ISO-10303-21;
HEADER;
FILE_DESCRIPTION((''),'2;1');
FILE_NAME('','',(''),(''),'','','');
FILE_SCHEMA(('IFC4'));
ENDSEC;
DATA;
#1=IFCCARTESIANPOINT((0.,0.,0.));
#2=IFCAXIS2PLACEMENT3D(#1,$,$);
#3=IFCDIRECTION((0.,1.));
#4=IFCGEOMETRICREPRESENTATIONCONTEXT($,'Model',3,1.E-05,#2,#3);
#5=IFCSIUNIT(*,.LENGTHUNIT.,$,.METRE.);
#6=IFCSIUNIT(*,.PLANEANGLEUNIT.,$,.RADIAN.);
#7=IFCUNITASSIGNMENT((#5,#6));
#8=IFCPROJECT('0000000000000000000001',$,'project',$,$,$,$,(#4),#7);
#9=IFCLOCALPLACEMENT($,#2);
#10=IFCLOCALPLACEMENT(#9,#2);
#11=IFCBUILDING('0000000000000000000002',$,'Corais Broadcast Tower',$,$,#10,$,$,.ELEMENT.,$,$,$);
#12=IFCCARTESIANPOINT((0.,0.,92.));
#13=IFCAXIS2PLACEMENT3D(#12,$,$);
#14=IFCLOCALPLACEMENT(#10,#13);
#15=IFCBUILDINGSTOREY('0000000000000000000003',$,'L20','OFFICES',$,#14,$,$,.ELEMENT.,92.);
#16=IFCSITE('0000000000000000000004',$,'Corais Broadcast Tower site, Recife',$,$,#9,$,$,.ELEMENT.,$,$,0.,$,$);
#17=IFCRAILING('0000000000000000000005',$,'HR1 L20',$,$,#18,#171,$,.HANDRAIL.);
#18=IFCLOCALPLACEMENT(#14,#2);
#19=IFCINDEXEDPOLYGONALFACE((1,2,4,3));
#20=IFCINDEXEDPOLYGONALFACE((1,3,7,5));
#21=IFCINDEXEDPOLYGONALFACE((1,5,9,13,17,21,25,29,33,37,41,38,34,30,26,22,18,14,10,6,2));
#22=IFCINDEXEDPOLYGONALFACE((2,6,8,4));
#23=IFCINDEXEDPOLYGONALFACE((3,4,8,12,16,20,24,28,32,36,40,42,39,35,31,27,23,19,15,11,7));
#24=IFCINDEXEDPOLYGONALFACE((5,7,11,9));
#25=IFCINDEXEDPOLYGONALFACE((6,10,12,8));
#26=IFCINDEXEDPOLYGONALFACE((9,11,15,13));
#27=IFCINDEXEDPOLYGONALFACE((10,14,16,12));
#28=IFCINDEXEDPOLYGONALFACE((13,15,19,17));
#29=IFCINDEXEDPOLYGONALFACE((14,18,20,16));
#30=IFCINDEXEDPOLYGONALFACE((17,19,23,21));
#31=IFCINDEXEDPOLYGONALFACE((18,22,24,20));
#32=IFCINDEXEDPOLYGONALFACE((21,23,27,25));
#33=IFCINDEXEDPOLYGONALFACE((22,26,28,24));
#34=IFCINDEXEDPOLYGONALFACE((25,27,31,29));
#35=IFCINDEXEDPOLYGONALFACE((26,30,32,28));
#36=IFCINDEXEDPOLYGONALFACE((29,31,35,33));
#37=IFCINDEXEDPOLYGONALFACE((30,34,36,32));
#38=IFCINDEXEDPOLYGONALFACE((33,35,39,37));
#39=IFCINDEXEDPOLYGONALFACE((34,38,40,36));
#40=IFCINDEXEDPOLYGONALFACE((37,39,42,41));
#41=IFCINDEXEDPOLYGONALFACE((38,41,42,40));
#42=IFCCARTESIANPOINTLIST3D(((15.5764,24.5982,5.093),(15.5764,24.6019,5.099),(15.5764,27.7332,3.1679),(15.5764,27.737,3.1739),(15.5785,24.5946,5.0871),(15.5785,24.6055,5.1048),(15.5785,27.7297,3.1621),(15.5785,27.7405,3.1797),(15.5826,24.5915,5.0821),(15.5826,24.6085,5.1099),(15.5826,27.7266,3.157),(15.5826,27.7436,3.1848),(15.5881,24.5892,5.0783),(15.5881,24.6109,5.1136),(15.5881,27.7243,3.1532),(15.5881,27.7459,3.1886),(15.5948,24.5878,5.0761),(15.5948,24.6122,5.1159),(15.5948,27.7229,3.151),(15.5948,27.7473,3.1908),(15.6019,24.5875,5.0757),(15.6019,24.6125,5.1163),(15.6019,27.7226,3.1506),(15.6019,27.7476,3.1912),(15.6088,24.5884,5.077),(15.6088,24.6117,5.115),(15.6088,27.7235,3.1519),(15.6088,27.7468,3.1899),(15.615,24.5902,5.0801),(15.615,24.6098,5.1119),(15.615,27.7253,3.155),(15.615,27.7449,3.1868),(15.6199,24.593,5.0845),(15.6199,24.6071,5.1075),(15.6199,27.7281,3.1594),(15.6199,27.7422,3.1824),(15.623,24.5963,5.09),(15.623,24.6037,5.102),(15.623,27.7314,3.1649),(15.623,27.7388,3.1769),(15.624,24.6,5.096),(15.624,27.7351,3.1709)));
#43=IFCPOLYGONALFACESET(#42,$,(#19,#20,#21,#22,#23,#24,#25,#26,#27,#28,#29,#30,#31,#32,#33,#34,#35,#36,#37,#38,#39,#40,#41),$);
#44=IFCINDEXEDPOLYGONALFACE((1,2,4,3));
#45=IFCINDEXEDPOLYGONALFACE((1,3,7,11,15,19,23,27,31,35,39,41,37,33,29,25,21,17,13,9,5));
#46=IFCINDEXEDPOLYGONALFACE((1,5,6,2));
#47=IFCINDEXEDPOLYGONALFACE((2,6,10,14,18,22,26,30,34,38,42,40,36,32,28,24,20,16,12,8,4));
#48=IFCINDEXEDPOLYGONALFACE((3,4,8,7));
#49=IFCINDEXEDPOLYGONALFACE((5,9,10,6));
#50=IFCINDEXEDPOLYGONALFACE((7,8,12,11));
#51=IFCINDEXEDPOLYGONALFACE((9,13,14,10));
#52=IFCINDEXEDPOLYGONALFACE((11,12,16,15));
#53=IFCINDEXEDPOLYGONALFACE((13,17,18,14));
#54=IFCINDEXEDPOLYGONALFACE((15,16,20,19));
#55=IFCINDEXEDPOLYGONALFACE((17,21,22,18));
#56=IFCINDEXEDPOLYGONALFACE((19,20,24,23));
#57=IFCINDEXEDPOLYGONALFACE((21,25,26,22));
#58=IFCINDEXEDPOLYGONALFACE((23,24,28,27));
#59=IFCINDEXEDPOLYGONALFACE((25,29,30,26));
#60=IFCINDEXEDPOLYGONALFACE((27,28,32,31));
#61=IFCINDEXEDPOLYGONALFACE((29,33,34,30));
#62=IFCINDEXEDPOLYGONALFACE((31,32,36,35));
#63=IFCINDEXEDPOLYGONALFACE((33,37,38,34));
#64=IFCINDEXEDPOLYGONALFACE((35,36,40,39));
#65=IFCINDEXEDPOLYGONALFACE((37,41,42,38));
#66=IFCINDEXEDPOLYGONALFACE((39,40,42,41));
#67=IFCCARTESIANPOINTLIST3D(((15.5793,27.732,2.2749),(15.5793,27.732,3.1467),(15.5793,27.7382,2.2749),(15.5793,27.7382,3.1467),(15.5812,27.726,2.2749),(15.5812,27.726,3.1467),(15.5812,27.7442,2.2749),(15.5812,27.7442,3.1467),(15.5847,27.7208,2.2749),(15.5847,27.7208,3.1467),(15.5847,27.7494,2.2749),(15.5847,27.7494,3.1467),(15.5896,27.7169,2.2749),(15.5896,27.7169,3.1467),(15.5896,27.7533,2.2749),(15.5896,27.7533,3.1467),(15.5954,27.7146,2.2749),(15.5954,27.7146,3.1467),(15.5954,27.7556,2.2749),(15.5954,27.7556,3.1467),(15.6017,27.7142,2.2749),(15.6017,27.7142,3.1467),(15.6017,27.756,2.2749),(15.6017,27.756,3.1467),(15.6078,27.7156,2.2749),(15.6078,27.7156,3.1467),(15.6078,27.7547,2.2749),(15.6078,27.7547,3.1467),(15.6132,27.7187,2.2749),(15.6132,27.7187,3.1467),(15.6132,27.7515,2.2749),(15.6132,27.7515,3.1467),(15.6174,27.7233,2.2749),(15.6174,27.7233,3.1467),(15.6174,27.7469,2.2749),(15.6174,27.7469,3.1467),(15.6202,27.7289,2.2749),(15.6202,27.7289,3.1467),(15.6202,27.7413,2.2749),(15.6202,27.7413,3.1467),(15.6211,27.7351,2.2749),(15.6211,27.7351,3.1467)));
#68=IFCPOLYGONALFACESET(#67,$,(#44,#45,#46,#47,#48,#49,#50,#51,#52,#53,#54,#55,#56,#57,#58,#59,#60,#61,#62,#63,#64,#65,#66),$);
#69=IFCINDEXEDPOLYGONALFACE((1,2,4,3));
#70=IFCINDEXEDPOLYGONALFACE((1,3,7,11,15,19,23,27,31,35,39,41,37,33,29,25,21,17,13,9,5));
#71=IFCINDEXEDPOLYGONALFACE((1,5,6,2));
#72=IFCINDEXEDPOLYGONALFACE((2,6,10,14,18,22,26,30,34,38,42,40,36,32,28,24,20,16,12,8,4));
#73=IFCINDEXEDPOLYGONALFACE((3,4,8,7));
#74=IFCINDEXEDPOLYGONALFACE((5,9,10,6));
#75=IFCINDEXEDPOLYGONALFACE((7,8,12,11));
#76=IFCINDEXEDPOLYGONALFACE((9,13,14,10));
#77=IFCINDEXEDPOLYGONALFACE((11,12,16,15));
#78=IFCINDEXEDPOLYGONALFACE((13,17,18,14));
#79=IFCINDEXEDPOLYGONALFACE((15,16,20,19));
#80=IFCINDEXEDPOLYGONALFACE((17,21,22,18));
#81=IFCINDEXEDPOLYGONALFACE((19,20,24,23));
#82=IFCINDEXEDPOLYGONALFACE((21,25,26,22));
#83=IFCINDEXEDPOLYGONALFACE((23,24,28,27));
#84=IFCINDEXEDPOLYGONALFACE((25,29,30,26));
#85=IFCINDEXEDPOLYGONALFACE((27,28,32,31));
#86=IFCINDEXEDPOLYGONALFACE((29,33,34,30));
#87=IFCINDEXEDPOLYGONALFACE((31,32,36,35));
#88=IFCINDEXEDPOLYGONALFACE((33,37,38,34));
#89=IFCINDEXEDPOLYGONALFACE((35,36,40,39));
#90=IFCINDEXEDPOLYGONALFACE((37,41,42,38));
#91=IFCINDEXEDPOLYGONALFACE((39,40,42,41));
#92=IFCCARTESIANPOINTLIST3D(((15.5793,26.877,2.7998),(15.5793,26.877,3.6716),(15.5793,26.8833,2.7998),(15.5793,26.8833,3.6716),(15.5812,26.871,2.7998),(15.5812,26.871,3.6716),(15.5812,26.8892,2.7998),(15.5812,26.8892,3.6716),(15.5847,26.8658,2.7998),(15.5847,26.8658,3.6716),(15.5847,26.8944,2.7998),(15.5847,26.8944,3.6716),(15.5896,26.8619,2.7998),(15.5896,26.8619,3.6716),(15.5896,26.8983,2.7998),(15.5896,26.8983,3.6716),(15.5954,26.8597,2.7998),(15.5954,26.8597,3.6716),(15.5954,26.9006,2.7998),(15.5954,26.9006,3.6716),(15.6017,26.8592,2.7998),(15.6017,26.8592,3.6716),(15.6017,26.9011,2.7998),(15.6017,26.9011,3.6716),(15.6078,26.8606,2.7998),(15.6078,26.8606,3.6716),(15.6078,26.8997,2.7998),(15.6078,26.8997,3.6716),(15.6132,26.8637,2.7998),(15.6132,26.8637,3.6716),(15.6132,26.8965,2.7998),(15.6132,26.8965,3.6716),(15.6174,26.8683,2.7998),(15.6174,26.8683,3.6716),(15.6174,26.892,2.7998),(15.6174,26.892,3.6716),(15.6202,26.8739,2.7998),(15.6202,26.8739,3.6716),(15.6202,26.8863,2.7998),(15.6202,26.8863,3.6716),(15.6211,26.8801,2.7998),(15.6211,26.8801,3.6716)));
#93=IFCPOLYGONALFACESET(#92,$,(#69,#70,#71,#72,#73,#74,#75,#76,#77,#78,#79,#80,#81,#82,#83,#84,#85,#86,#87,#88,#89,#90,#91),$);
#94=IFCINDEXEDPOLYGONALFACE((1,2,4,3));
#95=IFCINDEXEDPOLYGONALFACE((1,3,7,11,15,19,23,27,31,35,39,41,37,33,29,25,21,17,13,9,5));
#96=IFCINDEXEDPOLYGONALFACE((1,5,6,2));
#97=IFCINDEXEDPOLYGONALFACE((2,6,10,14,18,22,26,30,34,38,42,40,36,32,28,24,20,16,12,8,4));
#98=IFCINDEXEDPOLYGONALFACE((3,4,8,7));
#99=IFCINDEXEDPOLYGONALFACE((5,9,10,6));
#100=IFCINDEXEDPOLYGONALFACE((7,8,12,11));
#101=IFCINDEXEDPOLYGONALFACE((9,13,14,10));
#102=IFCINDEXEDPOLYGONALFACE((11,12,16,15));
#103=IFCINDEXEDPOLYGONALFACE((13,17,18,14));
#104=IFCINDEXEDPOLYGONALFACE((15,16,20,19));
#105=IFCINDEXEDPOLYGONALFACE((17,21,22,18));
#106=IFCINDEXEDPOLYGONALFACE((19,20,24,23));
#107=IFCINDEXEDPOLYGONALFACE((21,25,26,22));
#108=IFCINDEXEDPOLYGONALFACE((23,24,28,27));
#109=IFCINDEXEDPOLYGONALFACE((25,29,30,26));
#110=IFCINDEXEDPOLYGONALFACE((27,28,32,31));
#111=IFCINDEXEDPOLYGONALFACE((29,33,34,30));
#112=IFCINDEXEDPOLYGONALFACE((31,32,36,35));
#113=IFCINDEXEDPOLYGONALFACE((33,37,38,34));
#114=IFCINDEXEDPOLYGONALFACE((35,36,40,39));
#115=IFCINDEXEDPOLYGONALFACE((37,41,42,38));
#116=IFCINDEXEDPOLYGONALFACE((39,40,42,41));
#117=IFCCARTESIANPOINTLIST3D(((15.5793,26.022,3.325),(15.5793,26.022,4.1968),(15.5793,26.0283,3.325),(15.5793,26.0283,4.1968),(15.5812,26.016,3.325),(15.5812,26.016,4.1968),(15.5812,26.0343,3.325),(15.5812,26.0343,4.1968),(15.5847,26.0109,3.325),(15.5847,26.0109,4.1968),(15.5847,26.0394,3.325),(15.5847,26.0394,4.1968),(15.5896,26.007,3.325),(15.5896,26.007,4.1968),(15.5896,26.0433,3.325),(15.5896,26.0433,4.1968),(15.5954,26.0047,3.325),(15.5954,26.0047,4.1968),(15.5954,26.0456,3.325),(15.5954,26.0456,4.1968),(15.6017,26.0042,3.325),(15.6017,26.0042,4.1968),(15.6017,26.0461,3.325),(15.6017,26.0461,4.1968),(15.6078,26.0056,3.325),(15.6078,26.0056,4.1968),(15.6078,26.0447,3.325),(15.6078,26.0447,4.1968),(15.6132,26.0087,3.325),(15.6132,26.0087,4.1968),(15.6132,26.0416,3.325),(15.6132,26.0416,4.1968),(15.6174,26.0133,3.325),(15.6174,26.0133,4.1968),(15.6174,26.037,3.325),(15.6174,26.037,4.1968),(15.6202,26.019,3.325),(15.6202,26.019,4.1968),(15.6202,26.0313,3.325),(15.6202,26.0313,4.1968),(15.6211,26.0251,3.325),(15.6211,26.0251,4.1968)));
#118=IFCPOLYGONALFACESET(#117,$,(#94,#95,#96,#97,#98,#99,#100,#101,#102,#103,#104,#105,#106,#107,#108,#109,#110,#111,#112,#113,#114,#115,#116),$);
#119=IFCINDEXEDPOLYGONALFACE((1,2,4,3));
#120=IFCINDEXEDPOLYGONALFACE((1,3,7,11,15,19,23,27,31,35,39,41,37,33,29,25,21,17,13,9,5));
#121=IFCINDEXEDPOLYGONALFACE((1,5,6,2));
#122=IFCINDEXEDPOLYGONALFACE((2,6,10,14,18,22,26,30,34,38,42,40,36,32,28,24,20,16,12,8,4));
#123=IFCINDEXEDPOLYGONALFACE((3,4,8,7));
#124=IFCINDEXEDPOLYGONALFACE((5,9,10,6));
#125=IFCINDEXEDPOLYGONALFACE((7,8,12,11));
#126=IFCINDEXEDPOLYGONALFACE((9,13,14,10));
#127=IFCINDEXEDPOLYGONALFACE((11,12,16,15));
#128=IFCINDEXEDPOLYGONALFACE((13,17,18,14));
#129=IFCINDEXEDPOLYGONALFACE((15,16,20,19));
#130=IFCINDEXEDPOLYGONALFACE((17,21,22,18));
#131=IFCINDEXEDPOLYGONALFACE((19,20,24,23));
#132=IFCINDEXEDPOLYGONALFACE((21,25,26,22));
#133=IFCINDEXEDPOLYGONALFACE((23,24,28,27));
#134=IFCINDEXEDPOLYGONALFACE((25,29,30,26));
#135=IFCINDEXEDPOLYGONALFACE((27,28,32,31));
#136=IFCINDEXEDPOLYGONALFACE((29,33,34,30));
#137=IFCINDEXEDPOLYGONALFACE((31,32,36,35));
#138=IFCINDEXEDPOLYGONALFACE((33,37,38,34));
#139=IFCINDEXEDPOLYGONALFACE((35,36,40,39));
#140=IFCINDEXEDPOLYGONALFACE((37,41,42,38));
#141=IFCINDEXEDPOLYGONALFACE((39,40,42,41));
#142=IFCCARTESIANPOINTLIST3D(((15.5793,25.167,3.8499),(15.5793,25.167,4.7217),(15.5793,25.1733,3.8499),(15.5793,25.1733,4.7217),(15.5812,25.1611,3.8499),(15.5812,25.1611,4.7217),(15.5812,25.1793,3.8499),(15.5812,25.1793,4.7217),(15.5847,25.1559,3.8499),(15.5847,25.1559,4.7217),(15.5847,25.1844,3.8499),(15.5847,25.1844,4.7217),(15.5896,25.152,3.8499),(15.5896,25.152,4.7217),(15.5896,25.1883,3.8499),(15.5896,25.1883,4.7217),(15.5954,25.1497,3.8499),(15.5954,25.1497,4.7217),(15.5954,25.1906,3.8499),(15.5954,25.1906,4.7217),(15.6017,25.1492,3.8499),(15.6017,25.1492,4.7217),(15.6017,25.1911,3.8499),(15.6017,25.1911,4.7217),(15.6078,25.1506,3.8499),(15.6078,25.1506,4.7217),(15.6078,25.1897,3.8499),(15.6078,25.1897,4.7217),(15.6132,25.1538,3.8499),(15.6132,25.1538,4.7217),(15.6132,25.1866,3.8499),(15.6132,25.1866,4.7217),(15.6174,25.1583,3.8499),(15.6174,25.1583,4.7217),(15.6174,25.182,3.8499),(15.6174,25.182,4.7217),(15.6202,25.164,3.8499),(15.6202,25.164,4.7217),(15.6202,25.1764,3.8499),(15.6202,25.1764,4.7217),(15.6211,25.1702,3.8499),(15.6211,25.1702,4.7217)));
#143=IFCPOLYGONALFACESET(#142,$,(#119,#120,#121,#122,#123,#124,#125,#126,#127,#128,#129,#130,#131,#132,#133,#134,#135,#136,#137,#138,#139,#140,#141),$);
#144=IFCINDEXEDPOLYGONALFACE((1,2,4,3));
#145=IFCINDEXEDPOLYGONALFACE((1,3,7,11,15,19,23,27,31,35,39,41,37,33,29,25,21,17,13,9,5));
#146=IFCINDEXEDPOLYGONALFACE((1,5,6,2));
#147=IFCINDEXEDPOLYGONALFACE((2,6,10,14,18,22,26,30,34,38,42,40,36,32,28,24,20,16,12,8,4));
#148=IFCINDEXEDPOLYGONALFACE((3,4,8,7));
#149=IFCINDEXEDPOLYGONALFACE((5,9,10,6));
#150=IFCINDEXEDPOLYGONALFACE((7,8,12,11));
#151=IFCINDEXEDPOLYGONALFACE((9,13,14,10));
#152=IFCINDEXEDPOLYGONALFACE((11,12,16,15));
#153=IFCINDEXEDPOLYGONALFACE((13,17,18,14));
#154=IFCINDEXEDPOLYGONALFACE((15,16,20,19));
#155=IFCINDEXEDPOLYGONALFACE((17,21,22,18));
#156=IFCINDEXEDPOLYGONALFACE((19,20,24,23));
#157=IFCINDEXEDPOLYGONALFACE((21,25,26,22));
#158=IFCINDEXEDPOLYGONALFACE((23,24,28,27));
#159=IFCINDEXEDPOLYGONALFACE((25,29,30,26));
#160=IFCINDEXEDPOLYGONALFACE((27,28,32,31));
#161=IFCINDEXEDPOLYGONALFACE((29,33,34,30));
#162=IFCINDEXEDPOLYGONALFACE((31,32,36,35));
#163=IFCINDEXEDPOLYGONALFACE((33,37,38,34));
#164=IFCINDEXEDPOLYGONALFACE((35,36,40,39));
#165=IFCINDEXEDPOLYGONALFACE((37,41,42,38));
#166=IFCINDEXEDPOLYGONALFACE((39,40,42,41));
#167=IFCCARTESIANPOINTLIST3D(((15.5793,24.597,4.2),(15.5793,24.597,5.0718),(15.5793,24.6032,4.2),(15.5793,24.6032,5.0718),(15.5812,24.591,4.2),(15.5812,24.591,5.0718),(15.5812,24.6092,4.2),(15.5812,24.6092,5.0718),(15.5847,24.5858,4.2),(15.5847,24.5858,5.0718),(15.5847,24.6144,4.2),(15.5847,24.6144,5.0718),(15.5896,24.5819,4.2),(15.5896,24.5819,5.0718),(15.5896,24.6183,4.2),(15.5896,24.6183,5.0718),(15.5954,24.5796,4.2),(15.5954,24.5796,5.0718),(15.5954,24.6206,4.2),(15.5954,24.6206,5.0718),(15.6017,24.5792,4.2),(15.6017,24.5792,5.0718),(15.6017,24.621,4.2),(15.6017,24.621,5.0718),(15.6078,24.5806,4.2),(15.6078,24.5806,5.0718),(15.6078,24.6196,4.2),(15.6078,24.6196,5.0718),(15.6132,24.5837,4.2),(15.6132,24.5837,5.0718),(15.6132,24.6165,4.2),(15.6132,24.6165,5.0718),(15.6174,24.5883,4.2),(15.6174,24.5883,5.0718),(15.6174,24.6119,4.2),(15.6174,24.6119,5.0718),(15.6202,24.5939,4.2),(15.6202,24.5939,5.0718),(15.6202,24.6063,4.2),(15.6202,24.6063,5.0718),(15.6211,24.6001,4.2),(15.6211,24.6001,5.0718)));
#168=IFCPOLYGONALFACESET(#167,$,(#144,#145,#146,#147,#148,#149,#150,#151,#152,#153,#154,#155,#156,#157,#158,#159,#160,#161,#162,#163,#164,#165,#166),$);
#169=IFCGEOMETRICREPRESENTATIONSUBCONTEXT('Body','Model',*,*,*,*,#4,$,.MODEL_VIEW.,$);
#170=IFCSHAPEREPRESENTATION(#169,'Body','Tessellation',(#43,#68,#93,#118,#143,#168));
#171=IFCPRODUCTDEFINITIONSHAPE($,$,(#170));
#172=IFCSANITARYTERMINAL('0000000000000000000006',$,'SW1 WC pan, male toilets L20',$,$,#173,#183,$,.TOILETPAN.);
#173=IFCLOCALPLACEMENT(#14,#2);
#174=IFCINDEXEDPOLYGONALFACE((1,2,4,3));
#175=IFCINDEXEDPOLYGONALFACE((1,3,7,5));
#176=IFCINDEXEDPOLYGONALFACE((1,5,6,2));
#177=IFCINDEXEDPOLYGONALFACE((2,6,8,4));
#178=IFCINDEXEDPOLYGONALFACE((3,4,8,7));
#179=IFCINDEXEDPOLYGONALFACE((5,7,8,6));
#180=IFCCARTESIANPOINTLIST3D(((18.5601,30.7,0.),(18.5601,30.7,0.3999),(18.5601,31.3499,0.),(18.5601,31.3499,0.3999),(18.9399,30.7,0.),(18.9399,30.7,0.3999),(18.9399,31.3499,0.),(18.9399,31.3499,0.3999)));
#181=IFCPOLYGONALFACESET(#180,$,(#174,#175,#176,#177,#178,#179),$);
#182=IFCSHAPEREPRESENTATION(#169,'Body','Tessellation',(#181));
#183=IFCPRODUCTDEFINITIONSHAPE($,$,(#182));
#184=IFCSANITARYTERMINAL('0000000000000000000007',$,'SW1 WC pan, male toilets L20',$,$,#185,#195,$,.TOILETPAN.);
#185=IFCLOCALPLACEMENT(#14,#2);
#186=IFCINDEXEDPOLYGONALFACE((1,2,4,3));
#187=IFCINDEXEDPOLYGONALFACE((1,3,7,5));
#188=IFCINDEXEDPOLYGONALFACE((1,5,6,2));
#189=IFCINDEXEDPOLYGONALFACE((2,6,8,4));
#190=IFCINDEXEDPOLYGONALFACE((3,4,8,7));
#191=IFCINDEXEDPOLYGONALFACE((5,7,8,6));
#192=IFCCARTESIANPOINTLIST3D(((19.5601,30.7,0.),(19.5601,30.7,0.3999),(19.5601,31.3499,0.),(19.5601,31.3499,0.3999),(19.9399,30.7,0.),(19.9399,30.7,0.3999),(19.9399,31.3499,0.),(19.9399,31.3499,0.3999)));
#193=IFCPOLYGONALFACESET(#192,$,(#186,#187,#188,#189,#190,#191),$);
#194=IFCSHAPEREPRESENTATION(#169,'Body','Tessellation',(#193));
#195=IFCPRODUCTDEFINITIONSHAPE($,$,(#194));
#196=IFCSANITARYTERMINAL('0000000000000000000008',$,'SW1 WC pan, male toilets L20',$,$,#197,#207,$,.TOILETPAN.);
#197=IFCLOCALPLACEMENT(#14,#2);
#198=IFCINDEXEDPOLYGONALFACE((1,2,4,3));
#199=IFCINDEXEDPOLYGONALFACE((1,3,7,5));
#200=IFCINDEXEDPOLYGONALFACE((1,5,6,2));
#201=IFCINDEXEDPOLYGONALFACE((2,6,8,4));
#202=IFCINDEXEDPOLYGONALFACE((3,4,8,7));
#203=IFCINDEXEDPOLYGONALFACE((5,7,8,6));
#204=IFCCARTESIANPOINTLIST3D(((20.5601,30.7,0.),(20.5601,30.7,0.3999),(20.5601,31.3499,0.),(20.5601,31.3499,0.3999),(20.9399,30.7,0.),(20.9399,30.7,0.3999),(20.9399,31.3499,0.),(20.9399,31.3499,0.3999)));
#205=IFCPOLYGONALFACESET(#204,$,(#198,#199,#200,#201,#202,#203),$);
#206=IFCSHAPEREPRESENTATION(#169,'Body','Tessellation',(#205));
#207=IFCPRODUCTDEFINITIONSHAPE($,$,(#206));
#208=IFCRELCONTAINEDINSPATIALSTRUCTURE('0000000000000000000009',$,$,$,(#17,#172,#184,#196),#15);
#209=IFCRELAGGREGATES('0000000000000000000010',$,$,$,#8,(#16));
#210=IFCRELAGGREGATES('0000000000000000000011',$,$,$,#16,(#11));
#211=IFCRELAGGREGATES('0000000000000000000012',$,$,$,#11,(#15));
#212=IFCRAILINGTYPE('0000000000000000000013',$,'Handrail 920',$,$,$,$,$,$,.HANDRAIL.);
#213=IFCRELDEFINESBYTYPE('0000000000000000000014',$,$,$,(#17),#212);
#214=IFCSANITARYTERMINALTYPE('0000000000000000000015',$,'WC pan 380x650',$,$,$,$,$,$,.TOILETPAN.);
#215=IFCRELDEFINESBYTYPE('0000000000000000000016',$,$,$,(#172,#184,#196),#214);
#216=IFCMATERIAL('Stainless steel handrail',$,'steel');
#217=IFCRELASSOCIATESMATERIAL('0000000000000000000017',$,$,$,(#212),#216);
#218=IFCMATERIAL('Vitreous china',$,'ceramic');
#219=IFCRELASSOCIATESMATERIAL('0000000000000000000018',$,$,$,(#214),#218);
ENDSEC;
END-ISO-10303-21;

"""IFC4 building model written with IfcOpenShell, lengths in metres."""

from ifc_helpers import new_model, si_unit, direction, frame, origin, origin_2d, place, context, subcontext, project, spatial, rectangle, circle, extrude, material, type_object, element, save


model = new_model("IFC4")

# Units and contexts
model_context = context("Model", 3, precision=1e-05, world=origin(), true_north=direction((0.0, 1.0)))
body_context = subcontext(model_context, "Body", "Model", "MODEL_VIEW")
ifc_project = project(units=[si_unit("LENGTHUNIT", "METRE"), si_unit("PLANEANGLEUNIT", "RADIAN")], contexts=[model_context])

# Site, building, storey
site_placement = place(None, origin())
site = spatial("IfcSite", under=ifc_project, at=site_placement, Name="Corais Broadcast Tower site, Recife", CompositionType="ELEMENT", RefElevation=0.0)
building_placement = place(site_placement, origin())
building = spatial("IfcBuilding", under=site, at=building_placement, Name="Corais Broadcast Tower", CompositionType="ELEMENT")
storey_placement = place(building_placement, frame((0.0, 0.0, 92.0)))
storey = spatial("IfcBuildingStorey", under=building, at=storey_placement, Name="L20", Description="OFFICES", CompositionType="ELEMENT", Elevation=92.0)

# Railing
ifc_material_1 = material(Name="Stainless steel handrail", Category="steel")
railing_type = type_object("IfcRailingType", Name="Handrail 920", PredefinedType="HANDRAIL", material=ifc_material_1)
railing_placement = place(storey_placement, frame((15.6001, 27.7351, 2.2749)))
element("IfcRailing", 1, at=railing_placement, inside=storey, type_object=railing_type, Name="HR1 L20", PredefinedType="HANDRAIL", context=body_context, shape_type="SweptSolid", body=[
    extrude(circle(Radius=0.0239, at=origin_2d()), frame((0.0, 0.0, 0.896), z_axis=(0.0, -0.852166, 0.523271), x_axis=(1.0, 0.0, 0.0)), (0.0, 0.0, 1.0), 3.679),
    extrude(circle(Radius=0.021, at=origin_2d()), origin(), (0.0, 0.0, 1.0), 0.8718),
    extrude(circle(Radius=0.021, at=origin_2d()), frame((0.0, -0.855, 0.5249)), (0.0, 0.0, 1.0), 0.8718),
    extrude(circle(Radius=0.021, at=origin_2d()), frame((0.0, -1.71, 1.05)), (0.0, 0.0, 1.0), 0.8718),
    extrude(circle(Radius=0.021, at=origin_2d()), frame((0.0, -2.5649, 1.575)), (0.0, 0.0, 1.0), 0.8718),
    extrude(circle(Radius=0.021, at=origin_2d()), frame((0.0, -3.135, 1.925)), (0.0, 0.0, 1.0), 0.8718),
])

# Sanitary terminals
ifc_material_2 = material(Name="Vitreous china", Category="ceramic")
sanitary_terminal_type_1 = type_object("IfcSanitaryTerminalType", Name="WC pan 380x650", PredefinedType="TOILETPAN", material=ifc_material_2)
for number, where, z_axis, x_axis, name in (
    (2, (18.75, 31.0249, 0.0), (0.0, 0.0, 1.0), (1.0, 0.0, 0.0), "SW1 WC pan, male toilets L20"),
    (3, (19.75, 31.0249, 0.0), (0.0, 0.0, 1.0), (1.0, 0.0, 0.0), "SW1 WC pan, male toilets L20"),
    (4, (20.75, 31.0249, 0.0), (0.0, 0.0, 1.0), (1.0, 0.0, 0.0), "SW1 WC pan, male toilets L20"),
):
    element("IfcSanitaryTerminal", number, at=place(storey_placement, frame(where, z_axis=z_axis, x_axis=x_axis)), inside=storey, type_object=sanitary_terminal_type_1, Name=name, PredefinedType="TOILETPAN", context=body_context, shape_type="SweptSolid", body=[
        extrude(rectangle(XDim=0.3799, YDim=0.6499, at=origin_2d()), origin(), (0.0, 0.0, 1.0), 0.3999),
    ])

save(model, "model.ifc")
